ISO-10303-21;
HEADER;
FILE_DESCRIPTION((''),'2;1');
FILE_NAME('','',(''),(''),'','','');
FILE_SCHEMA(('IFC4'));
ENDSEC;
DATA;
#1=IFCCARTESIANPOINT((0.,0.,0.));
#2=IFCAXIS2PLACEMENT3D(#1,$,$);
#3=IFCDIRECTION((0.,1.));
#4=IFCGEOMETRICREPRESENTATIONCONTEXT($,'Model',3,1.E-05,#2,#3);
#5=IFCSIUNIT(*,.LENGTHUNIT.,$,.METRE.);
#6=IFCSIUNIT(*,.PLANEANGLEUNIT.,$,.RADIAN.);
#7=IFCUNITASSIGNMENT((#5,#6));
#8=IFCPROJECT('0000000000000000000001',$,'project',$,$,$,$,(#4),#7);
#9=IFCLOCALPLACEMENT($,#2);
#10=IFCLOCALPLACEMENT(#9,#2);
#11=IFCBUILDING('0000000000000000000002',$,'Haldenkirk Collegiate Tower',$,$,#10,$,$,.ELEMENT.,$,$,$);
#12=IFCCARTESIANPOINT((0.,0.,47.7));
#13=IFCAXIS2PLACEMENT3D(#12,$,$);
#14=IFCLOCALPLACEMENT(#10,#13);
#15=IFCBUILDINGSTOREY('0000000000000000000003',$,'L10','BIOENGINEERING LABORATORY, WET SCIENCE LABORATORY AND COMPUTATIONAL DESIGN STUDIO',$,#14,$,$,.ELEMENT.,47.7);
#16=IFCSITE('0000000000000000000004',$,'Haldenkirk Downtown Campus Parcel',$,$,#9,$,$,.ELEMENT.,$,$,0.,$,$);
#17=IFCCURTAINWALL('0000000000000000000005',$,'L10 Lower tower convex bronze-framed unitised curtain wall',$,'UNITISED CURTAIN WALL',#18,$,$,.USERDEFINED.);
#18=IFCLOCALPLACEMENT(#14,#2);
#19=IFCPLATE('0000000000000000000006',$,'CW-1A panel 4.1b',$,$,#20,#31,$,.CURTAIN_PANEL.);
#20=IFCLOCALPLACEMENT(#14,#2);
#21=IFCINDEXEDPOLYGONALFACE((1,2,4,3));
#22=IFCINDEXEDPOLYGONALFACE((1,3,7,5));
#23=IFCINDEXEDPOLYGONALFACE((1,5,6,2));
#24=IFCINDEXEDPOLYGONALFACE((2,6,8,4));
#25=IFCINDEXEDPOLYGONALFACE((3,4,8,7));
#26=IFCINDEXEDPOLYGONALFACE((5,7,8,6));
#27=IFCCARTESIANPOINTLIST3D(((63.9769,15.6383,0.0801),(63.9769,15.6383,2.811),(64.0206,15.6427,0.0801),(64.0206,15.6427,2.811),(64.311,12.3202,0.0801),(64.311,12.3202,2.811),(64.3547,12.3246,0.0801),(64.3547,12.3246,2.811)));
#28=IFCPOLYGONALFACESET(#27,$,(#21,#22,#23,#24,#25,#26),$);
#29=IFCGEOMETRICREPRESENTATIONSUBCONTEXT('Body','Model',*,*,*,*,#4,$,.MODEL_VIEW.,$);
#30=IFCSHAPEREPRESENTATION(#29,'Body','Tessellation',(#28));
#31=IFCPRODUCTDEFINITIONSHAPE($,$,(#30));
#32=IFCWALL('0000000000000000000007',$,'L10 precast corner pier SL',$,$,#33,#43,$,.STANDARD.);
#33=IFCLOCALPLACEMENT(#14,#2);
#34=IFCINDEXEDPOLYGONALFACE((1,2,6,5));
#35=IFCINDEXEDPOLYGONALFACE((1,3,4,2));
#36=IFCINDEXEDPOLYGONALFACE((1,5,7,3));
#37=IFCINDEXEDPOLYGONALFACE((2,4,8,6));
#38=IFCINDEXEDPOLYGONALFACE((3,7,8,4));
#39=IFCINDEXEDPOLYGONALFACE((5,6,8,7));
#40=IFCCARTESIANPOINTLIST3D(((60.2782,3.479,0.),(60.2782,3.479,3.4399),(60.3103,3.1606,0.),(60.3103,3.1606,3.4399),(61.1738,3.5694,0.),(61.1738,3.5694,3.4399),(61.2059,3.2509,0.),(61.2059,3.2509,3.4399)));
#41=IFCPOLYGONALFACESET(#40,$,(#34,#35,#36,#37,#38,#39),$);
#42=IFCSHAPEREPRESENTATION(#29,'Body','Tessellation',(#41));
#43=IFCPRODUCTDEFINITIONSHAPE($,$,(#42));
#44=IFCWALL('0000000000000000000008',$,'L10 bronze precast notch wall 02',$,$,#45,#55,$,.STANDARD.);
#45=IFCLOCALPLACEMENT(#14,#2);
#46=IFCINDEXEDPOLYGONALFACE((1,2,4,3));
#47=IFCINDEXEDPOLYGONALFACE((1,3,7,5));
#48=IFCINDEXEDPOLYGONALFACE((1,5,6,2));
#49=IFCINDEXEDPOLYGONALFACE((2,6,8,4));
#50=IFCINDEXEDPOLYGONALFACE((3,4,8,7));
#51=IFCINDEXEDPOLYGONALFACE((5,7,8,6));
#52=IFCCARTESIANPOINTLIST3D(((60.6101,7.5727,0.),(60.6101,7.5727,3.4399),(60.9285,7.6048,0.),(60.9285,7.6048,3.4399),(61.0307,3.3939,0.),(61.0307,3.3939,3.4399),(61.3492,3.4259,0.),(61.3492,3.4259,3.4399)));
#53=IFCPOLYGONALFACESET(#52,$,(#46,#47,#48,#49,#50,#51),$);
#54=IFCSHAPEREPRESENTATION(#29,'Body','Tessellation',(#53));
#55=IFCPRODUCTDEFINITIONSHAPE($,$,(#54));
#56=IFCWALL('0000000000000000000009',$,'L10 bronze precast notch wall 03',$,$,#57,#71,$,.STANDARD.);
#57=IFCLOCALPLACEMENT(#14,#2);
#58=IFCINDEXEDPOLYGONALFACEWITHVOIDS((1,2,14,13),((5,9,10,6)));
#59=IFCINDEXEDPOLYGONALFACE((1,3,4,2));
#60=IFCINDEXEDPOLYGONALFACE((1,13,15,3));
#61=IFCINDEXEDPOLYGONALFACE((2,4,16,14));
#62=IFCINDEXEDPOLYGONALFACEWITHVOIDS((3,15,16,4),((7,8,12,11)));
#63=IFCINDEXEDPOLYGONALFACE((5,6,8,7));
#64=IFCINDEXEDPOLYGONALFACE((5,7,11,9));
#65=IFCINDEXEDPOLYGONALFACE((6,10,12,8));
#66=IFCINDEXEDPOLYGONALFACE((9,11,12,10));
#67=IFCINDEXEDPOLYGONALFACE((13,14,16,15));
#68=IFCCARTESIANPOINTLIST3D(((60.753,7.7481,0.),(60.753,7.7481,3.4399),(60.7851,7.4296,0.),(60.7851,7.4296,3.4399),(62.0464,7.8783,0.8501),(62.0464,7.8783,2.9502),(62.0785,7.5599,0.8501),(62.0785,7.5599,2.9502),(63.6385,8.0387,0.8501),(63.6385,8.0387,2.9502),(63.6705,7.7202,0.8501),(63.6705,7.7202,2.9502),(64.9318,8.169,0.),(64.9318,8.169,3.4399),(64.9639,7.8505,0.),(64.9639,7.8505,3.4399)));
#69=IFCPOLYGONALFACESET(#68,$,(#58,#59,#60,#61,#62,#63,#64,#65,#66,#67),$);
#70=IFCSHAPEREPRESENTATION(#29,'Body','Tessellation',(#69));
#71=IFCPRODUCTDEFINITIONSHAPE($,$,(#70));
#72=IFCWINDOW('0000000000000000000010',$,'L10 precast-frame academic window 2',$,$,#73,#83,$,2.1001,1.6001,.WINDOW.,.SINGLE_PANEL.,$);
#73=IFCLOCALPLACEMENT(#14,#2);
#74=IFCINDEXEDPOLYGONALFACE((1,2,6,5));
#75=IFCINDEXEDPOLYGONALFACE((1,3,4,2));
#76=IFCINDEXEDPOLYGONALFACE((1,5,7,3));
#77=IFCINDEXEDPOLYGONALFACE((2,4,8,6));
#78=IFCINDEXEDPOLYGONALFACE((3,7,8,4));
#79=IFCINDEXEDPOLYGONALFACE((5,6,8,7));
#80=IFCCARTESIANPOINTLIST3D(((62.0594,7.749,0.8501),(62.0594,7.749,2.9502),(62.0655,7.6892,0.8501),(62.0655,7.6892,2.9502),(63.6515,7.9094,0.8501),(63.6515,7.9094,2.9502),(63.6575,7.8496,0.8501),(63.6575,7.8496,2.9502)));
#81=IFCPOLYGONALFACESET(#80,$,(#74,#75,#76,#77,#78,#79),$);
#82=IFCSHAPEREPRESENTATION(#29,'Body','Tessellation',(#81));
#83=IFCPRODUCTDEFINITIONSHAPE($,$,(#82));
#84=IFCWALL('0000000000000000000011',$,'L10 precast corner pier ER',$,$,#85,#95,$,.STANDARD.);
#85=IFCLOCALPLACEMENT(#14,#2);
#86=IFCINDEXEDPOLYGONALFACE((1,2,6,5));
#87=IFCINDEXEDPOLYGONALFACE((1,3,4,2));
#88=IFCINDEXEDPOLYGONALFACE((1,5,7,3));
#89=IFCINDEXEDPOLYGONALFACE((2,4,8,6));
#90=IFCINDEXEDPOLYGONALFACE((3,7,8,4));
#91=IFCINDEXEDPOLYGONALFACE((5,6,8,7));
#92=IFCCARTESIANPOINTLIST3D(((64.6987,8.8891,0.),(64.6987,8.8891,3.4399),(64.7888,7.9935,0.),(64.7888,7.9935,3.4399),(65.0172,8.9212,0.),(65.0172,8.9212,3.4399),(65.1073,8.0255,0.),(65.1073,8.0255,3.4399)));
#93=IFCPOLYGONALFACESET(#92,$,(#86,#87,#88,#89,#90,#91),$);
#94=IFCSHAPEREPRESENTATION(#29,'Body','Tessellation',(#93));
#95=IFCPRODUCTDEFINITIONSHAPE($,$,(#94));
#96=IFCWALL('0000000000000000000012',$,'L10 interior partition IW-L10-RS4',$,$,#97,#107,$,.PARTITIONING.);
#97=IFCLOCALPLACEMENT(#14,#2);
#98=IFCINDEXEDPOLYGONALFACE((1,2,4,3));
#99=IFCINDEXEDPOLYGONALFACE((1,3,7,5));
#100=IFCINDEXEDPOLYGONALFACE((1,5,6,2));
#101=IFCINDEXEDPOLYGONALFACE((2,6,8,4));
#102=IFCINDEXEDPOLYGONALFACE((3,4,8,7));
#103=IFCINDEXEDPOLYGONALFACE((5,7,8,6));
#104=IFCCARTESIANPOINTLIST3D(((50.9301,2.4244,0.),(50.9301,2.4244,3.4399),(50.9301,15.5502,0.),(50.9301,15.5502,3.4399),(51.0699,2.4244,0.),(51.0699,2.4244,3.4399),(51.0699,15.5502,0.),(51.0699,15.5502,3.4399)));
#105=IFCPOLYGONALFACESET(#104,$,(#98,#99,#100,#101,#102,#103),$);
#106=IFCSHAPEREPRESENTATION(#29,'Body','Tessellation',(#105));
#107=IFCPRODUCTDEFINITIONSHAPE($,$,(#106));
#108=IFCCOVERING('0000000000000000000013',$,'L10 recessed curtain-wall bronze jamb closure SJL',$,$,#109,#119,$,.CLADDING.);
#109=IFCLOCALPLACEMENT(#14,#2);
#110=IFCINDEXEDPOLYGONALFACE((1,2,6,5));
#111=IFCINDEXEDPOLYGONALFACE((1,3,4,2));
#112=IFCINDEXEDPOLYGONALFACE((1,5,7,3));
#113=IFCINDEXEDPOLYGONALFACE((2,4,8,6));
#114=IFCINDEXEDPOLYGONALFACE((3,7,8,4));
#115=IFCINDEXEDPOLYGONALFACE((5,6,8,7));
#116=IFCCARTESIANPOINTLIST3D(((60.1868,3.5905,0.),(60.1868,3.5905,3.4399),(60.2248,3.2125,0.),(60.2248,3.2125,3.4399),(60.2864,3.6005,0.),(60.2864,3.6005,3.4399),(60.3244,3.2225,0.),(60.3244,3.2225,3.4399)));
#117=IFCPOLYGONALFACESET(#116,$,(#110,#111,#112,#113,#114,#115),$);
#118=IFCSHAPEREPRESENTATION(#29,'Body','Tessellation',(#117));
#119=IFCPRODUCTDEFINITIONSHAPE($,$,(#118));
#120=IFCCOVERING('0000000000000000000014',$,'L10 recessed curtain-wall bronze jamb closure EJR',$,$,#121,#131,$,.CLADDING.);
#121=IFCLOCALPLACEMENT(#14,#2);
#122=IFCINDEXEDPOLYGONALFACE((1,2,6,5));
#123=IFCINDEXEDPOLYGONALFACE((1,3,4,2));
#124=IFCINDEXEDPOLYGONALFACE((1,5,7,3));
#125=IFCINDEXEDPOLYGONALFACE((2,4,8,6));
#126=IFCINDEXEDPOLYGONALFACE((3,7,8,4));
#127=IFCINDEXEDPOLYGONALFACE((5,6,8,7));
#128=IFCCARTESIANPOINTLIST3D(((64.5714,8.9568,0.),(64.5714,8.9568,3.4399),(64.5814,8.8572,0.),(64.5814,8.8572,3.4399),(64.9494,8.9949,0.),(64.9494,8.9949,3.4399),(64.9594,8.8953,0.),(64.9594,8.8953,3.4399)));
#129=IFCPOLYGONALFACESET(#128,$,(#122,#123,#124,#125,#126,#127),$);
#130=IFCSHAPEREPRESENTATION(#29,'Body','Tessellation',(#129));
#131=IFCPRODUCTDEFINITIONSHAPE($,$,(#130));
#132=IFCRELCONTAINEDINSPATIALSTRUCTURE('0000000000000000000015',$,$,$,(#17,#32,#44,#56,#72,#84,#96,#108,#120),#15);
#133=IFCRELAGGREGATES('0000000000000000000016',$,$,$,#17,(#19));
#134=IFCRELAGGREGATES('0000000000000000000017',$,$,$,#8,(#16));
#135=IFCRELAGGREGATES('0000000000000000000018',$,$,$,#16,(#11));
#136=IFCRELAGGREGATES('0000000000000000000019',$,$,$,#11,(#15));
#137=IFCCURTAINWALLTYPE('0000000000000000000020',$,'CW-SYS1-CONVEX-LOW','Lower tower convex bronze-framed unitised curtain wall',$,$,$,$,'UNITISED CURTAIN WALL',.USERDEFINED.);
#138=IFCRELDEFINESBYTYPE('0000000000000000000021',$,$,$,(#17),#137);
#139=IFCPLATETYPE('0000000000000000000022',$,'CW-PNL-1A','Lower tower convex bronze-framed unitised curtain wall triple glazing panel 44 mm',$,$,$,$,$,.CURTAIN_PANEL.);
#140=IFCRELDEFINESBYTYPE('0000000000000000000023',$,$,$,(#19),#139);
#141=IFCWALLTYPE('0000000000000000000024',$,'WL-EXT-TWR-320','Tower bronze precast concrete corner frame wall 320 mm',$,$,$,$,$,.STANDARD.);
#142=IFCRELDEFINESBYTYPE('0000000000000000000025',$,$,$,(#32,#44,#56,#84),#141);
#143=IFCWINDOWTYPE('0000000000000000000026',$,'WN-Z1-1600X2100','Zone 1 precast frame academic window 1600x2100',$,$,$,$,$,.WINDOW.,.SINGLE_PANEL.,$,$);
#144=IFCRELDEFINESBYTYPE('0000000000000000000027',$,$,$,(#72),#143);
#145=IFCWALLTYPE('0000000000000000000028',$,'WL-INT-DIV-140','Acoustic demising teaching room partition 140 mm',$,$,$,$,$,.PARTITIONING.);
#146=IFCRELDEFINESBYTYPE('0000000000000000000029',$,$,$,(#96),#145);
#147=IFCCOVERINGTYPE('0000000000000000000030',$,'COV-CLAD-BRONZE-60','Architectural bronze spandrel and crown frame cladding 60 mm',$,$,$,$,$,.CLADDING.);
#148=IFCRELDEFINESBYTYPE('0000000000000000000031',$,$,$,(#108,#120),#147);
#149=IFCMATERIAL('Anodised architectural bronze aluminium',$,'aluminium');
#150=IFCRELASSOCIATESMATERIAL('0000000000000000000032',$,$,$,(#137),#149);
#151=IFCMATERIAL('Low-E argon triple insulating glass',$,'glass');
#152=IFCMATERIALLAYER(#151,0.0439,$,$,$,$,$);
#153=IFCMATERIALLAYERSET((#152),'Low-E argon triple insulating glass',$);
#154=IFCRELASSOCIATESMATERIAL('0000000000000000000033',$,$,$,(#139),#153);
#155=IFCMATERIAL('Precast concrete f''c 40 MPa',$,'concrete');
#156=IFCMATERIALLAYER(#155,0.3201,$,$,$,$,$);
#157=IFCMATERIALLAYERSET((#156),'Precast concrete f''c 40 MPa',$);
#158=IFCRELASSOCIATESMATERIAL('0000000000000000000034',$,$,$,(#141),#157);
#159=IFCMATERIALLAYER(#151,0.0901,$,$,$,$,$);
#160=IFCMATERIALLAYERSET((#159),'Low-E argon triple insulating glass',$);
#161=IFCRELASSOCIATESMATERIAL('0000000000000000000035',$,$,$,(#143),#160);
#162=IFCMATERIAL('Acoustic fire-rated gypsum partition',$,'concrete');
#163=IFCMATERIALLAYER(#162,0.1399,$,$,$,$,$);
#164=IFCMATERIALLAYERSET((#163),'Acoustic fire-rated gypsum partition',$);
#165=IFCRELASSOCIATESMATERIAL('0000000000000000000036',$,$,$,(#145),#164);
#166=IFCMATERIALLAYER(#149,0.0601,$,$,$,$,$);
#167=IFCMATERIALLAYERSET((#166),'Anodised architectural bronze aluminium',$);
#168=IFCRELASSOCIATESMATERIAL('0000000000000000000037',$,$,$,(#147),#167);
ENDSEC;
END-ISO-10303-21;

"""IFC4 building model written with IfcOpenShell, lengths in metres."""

from ifc_helpers import new_model, si_unit, direction, frame, frame_2d, origin, origin_2d, place, context, subcontext, project, spatial, rectangle, extrude, source, transform, mapped, material, layer, layer_set, type_object, element, fill, aggregate, save


model = new_model("IFC4")

# Units and contexts
model_context = context("Model", 3, precision=1e-05, world=origin(), true_north=direction((0.0, 1.0)))
body_context = subcontext(model_context, "Body", "Model", "MODEL_VIEW")
ifc_project = project(units=[si_unit("LENGTHUNIT", "METRE"), si_unit("PLANEANGLEUNIT", "RADIAN")], contexts=[model_context])

# Site, building, storey
site_placement = place(None, origin())
site = spatial("IfcSite", under=ifc_project, at=site_placement, Name="Haldenkirk Downtown Campus Parcel", CompositionType="ELEMENT", RefElevation=0.0)
building_placement = place(site_placement, origin())
building = spatial("IfcBuilding", under=site, at=building_placement, Name="Haldenkirk Collegiate Tower", CompositionType="ELEMENT")
storey_placement = place(building_placement, frame((0.0, 0.0, 47.7)))
storey = spatial("IfcBuildingStorey", under=building, at=storey_placement, Name="L10", Description="BIOENGINEERING LABORATORY, WET SCIENCE LABORATORY AND COMPUTATIONAL DESIGN STUDIO", CompositionType="ELEMENT", Elevation=47.7)

# Curtain wall
ifc_material_1 = material(Name="Anodised architectural bronze aluminium", Category="aluminium")
curtain_wall_type_1 = type_object("IfcCurtainWallType", Name="CW-SYS1-CONVEX-LOW", Description="Lower tower convex bronze-framed unitised curtain wall", ElementType="UNITISED CURTAIN WALL", PredefinedType="USERDEFINED", material=ifc_material_1)
curtain_wall_1_placement = place(storey_placement, origin())
curtain_wall_1 = element("IfcCurtainWall", 1, at=curtain_wall_1_placement, inside=storey, type_object=curtain_wall_type_1, Name="L10 Lower tower convex bronze-framed unitised curtain wall", ObjectType="UNITISED CURTAIN WALL", PredefinedType="USERDEFINED")

# Plate
ifc_material_2 = material(Name="Low-E argon triple insulating glass", Category="glass")
ifc_layer_1 = layer(ifc_material_2, 0.0439)
ifc_layer_set_1 = layer_set([ifc_layer_1], Name="Low-E argon triple insulating glass")
plate_type_1 = type_object("IfcPlateType", Name="CW-PNL-1A", Description="Lower tower convex bronze-framed unitised curtain wall triple glazing panel 44 mm", PredefinedType="CURTAIN_PANEL", material=ifc_layer_set_1)
shared_shape_1 = source(origin(), body_context, "Body", "SweptSolid", [
    extrude(rectangle(XDim=3.335, YDim=0.0439, at=origin_2d()), origin(), (0.0, 0.0, 1.0), 2.731),
])
plate_1_placement = place(storey_placement, frame((64.1658, 13.9814, 0.0801), z_axis=(0.0, 0.0, 1.0), x_axis=(0.100186, -0.994969, 0.0)))
plate_1 = element("IfcPlate", 2, at=plate_1_placement, type_object=plate_type_1, Name="CW-1A panel 4.1b", PredefinedType="CURTAIN_PANEL", context=body_context, shape_type="MappedRepresentation", body=[
    mapped(shared_shape_1, transform((0.0, 0.0, 0.0), x_axis=(1.0, 0.0, 0.0), y_axis=(0.0, 1.0, 0.0), z_axis=(0.0, 0.0, 1.0), scale=1.0)),
])
aggregate(curtain_wall_1, [plate_1])

# Walls
ifc_material_3 = material(Name="Precast concrete f'c 40 MPa", Category="concrete")
ifc_layer_2 = layer(ifc_material_3, 0.3201)
ifc_layer_set_2 = layer_set([ifc_layer_2], Name="Precast concrete f'c 40 MPa")
wall_type_1 = type_object("IfcWallType", Name="WL-EXT-TWR-320", Description="Tower bronze precast concrete corner frame wall 320 mm", PredefinedType="STANDARD", material=ifc_layer_set_2)
wall_1_placement = place(storey_placement, frame((61.1899, 3.4102, 0.0), z_axis=(0.0, 0.0, 1.0), x_axis=(-0.994951, -0.100363, 0.0)))
element("IfcWall", 3, at=wall_1_placement, inside=storey, type_object=wall_type_1, Name="L10 precast corner pier SL", PredefinedType="STANDARD", context=body_context, shape_type="SweptSolid", body=[
    extrude(rectangle(XDim=0.9001, YDim=0.3201, at=frame_2d((0.4502, 0.0))), origin(), (0.0, 0.0, 1.0), 3.4399),
])
wall_2_placement = place(storey_placement, frame((60.7693, 7.5889, 0.0), z_axis=(0.0, 0.0, 1.0), x_axis=(0.10016, -0.994971, 0.0)))
element("IfcWall", 4, at=wall_2_placement, inside=storey, type_object=wall_type_1, Name="L10 bronze precast notch wall 02", PredefinedType="STANDARD", context=body_context, shape_type="SweptSolid", body=[
    extrude(rectangle(XDim=4.2, YDim=0.3201, at=frame_2d((2.1001, 0.0))), origin(), (0.0, 0.0, 1.0), 3.4399),
])

# Wall, opening, window
wall_3_placement = place(storey_placement, frame((64.948, 8.0098, 0.0), z_axis=(0.0, 0.0, 1.0), x_axis=(-0.994966, -0.100217, 0.0)))
wall_3 = element("IfcWall", 5, at=wall_3_placement, inside=storey, type_object=wall_type_1, Name="L10 bronze precast notch wall 03", PredefinedType="STANDARD", context=body_context, shape_type="SweptSolid", body=[
    extrude(rectangle(XDim=4.2, YDim=0.3201, at=frame_2d((2.1001, 0.0))), origin(), (0.0, 0.0, 1.0), 3.4399),
])
opening_placement = place(wall_3_placement, frame((1.3, 0.0, 0.8501)))
opening = element("IfcOpeningElement", 6, at=opening_placement, cuts=wall_3, PredefinedType="OPENING", context=body_context, shape_type="SweptSolid", body=[
    extrude(rectangle(XDim=1.6001, YDim=2.1001, at=frame_2d((0.8, 1.05))), frame((0.0, 0.1699, 0.0), z_axis=(0.0, -1.0, 0.0), x_axis=(1.0, 0.0, 0.0)), (0.0, 0.0, 1.0), 0.3401),
])
ifc_layer_3 = layer(ifc_material_2, 0.0901)
ifc_layer_set_3 = layer_set([ifc_layer_3], Name="Low-E argon triple insulating glass")
window_type = type_object("IfcWindowType", Name="WN-Z1-1600X2100", Description="Zone 1 precast frame academic window 1600x2100", PartitioningType="SINGLE_PANEL", PredefinedType="WINDOW", material=ifc_layer_set_3)
window_placement = place(opening_placement, origin())
window = element("IfcWindow", 7, at=window_placement, inside=storey, type_object=window_type, Name="L10 precast-frame academic window 2", OverallHeight=2.1001, OverallWidth=1.6001, PartitioningType="SINGLE_PANEL", PredefinedType="WINDOW", context=body_context, shape_type="SweptSolid", body=[
    extrude(rectangle(XDim=1.6001, YDim=2.1001, at=frame_2d((0.8, 1.05))), frame((0.0, 0.03, 0.0), z_axis=(0.0, -1.0, 0.0), x_axis=(1.0, 0.0, 0.0)), (0.0, 0.0, 1.0), 0.0601),
])
fill(opening, window)

# Walls
wall_4_placement = place(storey_placement, frame((64.8579, 8.9053, 0.0), z_axis=(0.0, 0.0, 1.0), x_axis=(0.100095, -0.994978, 0.0)))
element("IfcWall", 8, at=wall_4_placement, inside=storey, type_object=wall_type_1, Name="L10 precast corner pier ER", PredefinedType="STANDARD", context=body_context, shape_type="SweptSolid", body=[
    extrude(rectangle(XDim=0.9001, YDim=0.3201, at=frame_2d((0.4502, 0.0))), origin(), (0.0, 0.0, 1.0), 3.4399),
])
ifc_material_4 = material(Name="Acoustic fire-rated gypsum partition", Category="concrete")
ifc_layer_4 = layer(ifc_material_4, 0.1399)
ifc_layer_set_4 = layer_set([ifc_layer_4], Name="Acoustic fire-rated gypsum partition")
wall_type_2 = type_object("IfcWallType", Name="WL-INT-DIV-140", Description="Acoustic demising teaching room partition 140 mm", PredefinedType="PARTITIONING", material=ifc_layer_set_4)
wall_5_placement = place(storey_placement, frame((51.0, 2.4243, 0.0), z_axis=(0.0, 0.0, 1.0), x_axis=(0.0, 1.0, 0.0)))
element("IfcWall", 9, at=wall_5_placement, inside=storey, type_object=wall_type_2, Name="L10 interior partition IW-L10-RS4", PredefinedType="PARTITIONING", context=body_context, shape_type="SweptSolid", body=[
    extrude(rectangle(XDim=13.1257, YDim=0.1399, at=frame_2d((6.563, 0.0))), origin(), (0.0, 0.0, 1.0), 3.4399),
])

# Coverings
ifc_layer_5 = layer(ifc_material_1, 0.0601)
ifc_layer_set_5 = layer_set([ifc_layer_5], Name="Anodised architectural bronze aluminium")
covering_type = type_object("IfcCoveringType", Name="COV-CLAD-BRONZE-60", Description="Architectural bronze spandrel and crown frame cladding 60 mm", PredefinedType="CLADDING", material=ifc_layer_set_5)
shared_shape_2 = source(origin(), body_context, "Body", "SweptSolid", [
    extrude(rectangle(XDim=0.1001, YDim=0.3799, at=origin_2d()), origin(), (0.0, 0.0, 1.0), 3.4399),
])
for number, where, z_axis, x_axis, name in (
    (10, (60.2556, 3.4065, 0.0), (0.0, 0.0, 1.0), (-0.994969, -0.100188, 0.0), "L10 recessed curtain-wall bronze jamb closure SJL"),
    (11, (64.7654, 8.926, 0.0), (0.0, 0.0, 1.0), (0.100188, -0.994969, 0.0), "L10 recessed curtain-wall bronze jamb closure EJR"),
):
    element("IfcCovering", number, at=place(storey_placement, frame(where, z_axis=z_axis, x_axis=x_axis)), inside=storey, type_object=covering_type, Name=name, PredefinedType="CLADDING", context=body_context, shape_type="MappedRepresentation", body=[
        mapped(shared_shape_2, transform((0.0, 0.0, 0.0), x_axis=(1.0, 0.0, 0.0), y_axis=(0.0, 1.0, 0.0), z_axis=(0.0, 0.0, 1.0), scale=1.0)),
    ])

save(model, "model.ifc")
